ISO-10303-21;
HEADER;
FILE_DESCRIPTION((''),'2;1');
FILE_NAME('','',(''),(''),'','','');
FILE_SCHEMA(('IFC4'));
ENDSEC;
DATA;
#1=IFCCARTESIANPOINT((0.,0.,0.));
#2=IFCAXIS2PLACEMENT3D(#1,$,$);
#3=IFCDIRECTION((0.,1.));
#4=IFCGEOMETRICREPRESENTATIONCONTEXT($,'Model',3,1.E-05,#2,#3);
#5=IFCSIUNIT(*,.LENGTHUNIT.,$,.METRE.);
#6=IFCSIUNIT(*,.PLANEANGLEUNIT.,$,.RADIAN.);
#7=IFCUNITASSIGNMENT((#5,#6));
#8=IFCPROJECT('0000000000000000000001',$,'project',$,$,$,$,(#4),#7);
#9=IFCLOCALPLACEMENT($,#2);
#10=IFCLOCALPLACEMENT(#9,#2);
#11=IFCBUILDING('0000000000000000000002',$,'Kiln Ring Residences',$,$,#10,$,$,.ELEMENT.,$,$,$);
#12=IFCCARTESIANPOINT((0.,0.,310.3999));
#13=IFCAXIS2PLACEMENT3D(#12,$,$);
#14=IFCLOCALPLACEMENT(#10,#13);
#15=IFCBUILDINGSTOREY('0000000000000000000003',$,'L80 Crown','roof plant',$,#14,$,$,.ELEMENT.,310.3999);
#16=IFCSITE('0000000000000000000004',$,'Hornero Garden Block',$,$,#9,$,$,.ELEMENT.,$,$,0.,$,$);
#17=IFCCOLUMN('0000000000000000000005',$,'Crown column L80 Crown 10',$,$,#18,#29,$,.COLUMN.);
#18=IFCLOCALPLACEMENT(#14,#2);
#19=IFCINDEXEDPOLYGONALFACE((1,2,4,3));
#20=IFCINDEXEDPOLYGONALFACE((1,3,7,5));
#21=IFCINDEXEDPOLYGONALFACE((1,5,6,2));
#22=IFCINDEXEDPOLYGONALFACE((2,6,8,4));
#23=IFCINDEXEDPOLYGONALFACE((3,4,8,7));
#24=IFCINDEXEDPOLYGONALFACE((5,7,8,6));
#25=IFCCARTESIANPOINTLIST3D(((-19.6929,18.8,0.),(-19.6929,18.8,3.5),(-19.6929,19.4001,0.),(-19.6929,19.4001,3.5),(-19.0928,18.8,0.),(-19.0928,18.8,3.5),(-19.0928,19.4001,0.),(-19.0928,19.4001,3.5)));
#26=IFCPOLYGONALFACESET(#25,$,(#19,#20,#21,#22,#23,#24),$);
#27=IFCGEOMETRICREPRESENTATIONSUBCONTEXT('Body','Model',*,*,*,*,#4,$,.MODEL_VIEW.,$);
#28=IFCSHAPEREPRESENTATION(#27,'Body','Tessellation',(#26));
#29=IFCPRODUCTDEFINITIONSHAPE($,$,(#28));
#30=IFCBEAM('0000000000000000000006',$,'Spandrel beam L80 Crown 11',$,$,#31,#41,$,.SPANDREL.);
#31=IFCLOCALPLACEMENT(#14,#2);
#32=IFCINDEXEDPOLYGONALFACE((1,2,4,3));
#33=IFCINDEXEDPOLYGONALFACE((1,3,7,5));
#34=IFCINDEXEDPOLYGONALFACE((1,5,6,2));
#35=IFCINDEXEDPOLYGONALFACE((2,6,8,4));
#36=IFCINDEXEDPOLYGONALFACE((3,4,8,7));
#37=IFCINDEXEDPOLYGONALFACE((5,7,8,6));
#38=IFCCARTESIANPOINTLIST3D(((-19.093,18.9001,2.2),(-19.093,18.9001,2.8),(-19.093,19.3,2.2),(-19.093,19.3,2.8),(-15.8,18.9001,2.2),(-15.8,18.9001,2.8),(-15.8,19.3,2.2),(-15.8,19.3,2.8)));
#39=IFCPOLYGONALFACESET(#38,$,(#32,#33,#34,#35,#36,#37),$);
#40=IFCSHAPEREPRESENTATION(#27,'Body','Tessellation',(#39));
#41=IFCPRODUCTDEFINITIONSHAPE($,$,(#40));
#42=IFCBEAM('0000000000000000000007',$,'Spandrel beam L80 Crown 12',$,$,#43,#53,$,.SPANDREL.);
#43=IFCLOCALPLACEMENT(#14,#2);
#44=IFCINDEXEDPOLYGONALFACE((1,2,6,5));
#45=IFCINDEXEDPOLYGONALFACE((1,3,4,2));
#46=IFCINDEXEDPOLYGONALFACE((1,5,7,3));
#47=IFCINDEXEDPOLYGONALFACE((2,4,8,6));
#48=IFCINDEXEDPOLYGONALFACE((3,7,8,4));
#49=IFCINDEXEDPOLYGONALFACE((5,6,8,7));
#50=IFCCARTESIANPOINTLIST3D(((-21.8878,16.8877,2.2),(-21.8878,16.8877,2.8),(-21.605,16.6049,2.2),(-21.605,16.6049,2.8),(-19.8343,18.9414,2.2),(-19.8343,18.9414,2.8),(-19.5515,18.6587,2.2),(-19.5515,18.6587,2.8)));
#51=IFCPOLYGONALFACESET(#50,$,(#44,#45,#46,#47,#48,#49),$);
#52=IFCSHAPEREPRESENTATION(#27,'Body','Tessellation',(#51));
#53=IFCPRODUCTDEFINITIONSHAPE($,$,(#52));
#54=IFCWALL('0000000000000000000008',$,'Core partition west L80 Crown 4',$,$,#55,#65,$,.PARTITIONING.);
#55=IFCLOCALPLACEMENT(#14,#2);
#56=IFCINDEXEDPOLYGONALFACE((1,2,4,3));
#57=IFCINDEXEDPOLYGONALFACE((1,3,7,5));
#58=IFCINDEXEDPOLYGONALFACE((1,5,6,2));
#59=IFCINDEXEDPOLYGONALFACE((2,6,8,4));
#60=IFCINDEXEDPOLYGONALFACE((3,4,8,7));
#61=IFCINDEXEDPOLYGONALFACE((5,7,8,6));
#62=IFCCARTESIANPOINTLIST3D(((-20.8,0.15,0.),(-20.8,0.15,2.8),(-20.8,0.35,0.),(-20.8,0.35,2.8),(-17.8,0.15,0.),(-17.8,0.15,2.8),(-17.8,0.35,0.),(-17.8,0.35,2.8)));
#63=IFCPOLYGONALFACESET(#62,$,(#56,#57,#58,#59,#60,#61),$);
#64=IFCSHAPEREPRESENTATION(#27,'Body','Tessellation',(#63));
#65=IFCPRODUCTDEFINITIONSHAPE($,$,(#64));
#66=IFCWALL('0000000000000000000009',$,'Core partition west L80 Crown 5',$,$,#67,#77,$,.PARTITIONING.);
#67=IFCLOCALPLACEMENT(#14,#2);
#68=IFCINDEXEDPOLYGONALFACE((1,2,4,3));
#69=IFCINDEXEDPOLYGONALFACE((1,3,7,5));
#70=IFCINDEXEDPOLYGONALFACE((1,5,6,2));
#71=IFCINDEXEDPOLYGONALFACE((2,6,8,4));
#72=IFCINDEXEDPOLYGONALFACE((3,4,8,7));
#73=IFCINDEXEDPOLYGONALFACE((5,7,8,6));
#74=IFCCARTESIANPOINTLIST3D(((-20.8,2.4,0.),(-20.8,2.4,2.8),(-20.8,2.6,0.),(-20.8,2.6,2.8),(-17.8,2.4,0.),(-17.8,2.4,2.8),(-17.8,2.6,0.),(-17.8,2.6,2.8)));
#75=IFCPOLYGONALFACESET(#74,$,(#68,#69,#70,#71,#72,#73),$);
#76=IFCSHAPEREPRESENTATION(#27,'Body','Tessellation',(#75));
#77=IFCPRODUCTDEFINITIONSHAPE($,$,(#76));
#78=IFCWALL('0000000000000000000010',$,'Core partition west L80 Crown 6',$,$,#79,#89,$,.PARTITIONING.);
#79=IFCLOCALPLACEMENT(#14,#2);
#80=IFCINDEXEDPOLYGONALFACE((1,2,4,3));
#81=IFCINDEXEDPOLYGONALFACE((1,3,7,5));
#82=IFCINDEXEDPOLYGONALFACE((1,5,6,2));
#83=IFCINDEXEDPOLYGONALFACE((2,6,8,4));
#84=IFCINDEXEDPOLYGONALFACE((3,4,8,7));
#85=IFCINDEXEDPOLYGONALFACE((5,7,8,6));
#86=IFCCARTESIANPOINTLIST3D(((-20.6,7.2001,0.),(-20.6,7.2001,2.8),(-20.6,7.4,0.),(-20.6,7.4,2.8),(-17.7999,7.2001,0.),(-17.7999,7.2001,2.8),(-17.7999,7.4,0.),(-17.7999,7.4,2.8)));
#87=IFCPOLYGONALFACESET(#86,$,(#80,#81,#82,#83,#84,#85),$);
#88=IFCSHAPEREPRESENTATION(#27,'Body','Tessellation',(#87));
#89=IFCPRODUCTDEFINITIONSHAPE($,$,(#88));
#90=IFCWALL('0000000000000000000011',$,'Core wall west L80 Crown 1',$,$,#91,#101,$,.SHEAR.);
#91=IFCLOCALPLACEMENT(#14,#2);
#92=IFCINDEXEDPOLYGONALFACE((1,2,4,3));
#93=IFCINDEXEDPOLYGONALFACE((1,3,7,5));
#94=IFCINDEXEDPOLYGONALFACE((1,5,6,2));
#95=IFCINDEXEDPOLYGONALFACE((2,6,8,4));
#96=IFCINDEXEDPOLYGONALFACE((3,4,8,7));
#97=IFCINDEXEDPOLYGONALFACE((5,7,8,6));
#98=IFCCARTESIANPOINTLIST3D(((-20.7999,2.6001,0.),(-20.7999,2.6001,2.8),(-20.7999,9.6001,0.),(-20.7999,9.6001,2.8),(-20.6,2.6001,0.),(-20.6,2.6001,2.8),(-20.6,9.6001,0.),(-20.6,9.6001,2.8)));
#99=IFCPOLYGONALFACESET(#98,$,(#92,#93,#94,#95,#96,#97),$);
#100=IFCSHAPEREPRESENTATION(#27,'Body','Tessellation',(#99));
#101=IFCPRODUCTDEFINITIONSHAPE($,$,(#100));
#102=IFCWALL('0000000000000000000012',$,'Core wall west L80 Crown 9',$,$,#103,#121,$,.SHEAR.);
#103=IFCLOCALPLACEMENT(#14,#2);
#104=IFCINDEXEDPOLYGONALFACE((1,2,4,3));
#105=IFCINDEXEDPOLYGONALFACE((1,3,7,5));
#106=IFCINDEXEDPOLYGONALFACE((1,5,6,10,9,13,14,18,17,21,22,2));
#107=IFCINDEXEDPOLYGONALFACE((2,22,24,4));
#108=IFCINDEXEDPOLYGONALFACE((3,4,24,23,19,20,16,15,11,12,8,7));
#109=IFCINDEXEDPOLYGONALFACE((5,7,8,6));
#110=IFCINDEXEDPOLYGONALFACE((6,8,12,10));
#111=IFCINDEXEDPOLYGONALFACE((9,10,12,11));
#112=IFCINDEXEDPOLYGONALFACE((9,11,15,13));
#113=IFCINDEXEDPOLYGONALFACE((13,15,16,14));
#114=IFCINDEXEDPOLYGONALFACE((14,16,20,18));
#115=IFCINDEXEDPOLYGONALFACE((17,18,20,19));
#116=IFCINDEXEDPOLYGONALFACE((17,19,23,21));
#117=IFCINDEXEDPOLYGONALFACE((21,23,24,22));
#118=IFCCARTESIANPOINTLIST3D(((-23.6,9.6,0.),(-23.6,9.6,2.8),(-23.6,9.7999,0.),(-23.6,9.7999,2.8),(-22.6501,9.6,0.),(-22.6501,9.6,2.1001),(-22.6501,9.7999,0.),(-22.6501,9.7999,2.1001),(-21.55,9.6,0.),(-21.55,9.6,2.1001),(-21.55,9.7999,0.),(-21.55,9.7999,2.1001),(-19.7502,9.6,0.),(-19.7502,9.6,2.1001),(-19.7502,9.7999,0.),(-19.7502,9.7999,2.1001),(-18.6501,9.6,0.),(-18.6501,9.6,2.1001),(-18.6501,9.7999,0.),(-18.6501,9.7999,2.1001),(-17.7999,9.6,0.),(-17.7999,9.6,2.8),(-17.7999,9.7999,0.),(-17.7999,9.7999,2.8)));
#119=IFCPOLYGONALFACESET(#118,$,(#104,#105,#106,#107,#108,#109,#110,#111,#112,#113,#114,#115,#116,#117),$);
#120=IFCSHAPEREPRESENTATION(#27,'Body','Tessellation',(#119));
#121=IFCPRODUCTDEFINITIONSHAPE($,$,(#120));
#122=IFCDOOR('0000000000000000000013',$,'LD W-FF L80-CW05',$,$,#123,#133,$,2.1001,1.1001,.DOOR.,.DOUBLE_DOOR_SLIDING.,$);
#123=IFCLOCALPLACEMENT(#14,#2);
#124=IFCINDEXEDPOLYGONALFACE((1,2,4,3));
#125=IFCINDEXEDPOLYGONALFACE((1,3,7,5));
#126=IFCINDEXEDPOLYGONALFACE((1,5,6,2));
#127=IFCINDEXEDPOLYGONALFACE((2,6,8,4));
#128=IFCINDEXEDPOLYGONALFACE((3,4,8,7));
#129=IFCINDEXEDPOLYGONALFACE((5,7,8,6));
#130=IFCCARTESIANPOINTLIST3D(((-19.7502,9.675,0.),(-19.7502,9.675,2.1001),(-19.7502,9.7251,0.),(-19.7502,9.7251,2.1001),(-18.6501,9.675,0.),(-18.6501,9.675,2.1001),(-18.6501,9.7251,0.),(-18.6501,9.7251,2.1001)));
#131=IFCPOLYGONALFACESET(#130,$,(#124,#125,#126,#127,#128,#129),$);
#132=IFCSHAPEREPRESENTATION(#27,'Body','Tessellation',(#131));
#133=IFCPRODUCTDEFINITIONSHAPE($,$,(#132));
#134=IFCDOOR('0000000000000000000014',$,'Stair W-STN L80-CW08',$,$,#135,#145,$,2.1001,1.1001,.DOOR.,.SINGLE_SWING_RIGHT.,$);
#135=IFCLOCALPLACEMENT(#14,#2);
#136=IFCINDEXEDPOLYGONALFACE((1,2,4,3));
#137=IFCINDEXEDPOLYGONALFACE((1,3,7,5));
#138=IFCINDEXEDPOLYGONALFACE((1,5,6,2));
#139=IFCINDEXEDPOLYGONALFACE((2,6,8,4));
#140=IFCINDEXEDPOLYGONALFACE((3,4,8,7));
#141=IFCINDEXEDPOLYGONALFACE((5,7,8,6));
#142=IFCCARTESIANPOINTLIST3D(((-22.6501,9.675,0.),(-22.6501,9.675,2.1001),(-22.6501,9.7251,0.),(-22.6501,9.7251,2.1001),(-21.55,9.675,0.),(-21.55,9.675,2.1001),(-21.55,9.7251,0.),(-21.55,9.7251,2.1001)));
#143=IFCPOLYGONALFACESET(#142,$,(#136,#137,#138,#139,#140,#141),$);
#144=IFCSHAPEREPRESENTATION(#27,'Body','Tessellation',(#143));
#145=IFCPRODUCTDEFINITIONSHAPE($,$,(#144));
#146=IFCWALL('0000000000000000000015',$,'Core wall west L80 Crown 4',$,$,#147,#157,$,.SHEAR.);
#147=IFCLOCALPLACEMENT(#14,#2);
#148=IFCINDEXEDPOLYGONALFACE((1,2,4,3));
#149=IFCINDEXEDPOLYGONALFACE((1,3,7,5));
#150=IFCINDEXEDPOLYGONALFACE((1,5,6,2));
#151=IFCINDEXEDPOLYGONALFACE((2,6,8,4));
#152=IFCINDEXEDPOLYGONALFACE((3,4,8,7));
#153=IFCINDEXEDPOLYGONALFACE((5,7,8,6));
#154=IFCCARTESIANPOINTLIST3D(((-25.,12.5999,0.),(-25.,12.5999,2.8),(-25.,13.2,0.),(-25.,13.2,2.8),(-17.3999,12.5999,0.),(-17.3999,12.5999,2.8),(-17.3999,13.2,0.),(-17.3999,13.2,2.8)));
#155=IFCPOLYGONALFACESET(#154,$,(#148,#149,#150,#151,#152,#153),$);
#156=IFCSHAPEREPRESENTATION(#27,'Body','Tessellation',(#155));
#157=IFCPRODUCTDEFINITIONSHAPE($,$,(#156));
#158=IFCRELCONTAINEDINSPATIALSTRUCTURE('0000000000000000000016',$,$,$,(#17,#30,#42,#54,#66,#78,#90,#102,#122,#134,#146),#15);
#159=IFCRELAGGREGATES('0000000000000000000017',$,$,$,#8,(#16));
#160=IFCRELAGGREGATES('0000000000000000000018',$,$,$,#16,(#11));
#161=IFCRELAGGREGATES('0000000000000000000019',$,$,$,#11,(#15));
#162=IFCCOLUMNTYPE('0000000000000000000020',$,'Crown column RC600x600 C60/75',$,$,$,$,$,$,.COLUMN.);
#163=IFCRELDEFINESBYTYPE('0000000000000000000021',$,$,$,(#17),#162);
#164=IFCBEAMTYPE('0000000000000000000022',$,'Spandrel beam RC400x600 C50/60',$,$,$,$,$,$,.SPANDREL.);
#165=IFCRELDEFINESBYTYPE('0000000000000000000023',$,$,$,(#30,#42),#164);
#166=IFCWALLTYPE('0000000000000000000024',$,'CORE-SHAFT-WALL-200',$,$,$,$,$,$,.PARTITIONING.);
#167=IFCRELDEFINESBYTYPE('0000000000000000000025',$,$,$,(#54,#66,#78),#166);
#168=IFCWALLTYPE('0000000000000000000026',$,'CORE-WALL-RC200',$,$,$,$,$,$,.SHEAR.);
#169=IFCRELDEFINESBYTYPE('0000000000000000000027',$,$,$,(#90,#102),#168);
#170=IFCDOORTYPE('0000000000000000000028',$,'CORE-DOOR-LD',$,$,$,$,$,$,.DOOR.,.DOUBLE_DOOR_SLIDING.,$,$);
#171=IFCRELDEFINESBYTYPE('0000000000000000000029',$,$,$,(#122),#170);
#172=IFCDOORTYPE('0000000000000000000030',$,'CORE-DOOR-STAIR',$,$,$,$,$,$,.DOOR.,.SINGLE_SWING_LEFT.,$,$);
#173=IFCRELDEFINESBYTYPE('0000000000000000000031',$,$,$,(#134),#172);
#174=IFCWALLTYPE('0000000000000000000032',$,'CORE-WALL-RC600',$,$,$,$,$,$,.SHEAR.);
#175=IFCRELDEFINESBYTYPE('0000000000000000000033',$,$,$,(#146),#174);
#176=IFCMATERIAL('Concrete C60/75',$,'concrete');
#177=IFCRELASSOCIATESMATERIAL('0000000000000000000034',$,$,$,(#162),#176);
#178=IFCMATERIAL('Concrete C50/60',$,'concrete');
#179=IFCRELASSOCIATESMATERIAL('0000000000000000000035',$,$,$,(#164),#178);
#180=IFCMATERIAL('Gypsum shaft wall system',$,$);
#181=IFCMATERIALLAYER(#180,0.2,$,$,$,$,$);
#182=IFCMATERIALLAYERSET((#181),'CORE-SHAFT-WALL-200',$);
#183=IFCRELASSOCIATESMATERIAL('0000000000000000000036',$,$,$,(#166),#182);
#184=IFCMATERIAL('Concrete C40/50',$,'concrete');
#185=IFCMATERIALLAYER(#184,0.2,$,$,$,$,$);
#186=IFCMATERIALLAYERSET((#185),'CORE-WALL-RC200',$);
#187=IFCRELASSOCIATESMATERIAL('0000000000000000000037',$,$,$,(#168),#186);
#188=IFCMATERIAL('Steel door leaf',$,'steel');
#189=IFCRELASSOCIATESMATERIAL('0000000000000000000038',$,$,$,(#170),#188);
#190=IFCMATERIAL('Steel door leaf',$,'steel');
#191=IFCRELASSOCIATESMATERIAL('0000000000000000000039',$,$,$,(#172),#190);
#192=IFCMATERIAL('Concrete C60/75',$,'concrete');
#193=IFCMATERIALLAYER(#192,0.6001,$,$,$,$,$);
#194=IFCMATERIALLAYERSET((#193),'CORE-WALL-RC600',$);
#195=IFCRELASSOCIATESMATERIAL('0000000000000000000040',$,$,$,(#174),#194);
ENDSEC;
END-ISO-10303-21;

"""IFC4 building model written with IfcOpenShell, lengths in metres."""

from ifc_helpers import new_model, si_unit, direction, frame, frame_2d, origin, origin_2d, place, context, subcontext, project, spatial, rectangle, extrude, material, layer, layer_set, material_profile, profile_set, type_object, element, fill, save


model = new_model("IFC4")

# Units and contexts
model_context = context("Model", 3, precision=1e-05, world=origin(), true_north=direction((0.0, 1.0)))
body_context = subcontext(model_context, "Body", "Model", "MODEL_VIEW")
ifc_project = project(units=[si_unit("LENGTHUNIT", "METRE"), si_unit("PLANEANGLEUNIT", "RADIAN")], contexts=[model_context])

# Site, building, storey
site_placement = place(None, origin())
site = spatial("IfcSite", under=ifc_project, at=site_placement, Name="Hornero Garden Block", CompositionType="ELEMENT", RefElevation=0.0)
building_placement = place(site_placement, origin())
building = spatial("IfcBuilding", under=site, at=building_placement, Name="Kiln Ring Residences", CompositionType="ELEMENT")
storey_placement = place(building_placement, frame((0.0, 0.0, 310.3999)))
storey = spatial("IfcBuildingStorey", under=building, at=storey_placement, Name="L80 Crown", Description="roof plant", CompositionType="ELEMENT", Elevation=310.3999)

# Column
ifc_material_1 = material(Name="Concrete C60/75", Category="concrete")
ifc_material_profile_1 = material_profile(ifc_material_1, rectangle(XDim=0.6001, YDim=0.6001, at=origin_2d()), Name="RC600x600")
ifc_profile_set_1 = profile_set([ifc_material_profile_1], Name="Concrete C60/75")
column_type = type_object("IfcColumnType", Name="Crown column RC600x600 C60/75", PredefinedType="COLUMN", material=ifc_profile_set_1)
column_placement = place(storey_placement, frame((-19.3928, 19.1001, 0.0), z_axis=(0.0, 0.0, 1.0), x_axis=(1.0, 0.0, 0.0)))
element("IfcColumn", 1, at=column_placement, inside=storey, type_object=column_type, Name="Crown column L80 Crown 10", PredefinedType="COLUMN", context=body_context, shape_type="SweptSolid", body=[
    extrude(rectangle(XDim=0.6001, YDim=0.6001, at=origin_2d()), origin(), (0.0, 0.0, 1.0), 3.5),
])

# Beams
ifc_material_2 = material(Name="Concrete C50/60", Category="concrete")
ifc_material_profile_2 = material_profile(ifc_material_2, rectangle(XDim=0.3999, YDim=0.6001, at=origin_2d()), Name="RC400x600")
ifc_profile_set_2 = profile_set([ifc_material_profile_2], Name="Concrete C50/60")
beam_type = type_object("IfcBeamType", Name="Spandrel beam RC400x600 C50/60", PredefinedType="SPANDREL", material=ifc_profile_set_2)
beam_1_placement = place(storey_placement, frame((-15.8, 19.1001, 2.5), z_axis=(-1.0, 0.0, 0.0), x_axis=(0.0, -1.0, 0.0)))
element("IfcBeam", 2, at=beam_1_placement, inside=storey, type_object=beam_type, Name="Spandrel beam L80 Crown 11", PredefinedType="SPANDREL", context=body_context, shape_type="SweptSolid", body=[
    extrude(rectangle(XDim=0.3999, YDim=0.6001, at=origin_2d()), origin(), (0.0, 0.0, 1.0), 3.293),
])
beam_2_placement = place(storey_placement, frame((-19.6929, 18.8, 2.5), z_axis=(-0.707065, -0.707149, 0.0), x_axis=(0.707149, -0.707065, 0.0)))
element("IfcBeam", 3, at=beam_2_placement, inside=storey, type_object=beam_type, Name="Spandrel beam L80 Crown 12", PredefinedType="SPANDREL", context=body_context, shape_type="SweptSolid", body=[
    extrude(rectangle(XDim=0.3999, YDim=0.6001, at=origin_2d()), origin(), (0.0, 0.0, 1.0), 2.9043),
])

# Walls
ifc_material_3 = material(Name="Gypsum shaft wall system")
ifc_layer_1 = layer(ifc_material_3, 0.2)
ifc_layer_set_1 = layer_set([ifc_layer_1], Name="CORE-SHAFT-WALL-200")
wall_type_1 = type_object("IfcWallType", Name="CORE-SHAFT-WALL-200", PredefinedType="PARTITIONING", material=ifc_layer_set_1)
for number, where, z_axis, x_axis, name in (
    (4, (-17.8, 0.25, 0.0), (0.0, 0.0, 1.0), (-1.0, 0.0, 0.0), "Core partition west L80 Crown 4"),
    (5, (-17.8, 2.5, 0.0), (0.0, 0.0, 1.0), (-1.0, 0.0, 0.0), "Core partition west L80 Crown 5"),
):
    element("IfcWall", number, at=place(storey_placement, frame(where, z_axis=z_axis, x_axis=x_axis)), inside=storey, type_object=wall_type_1, Name=name, PredefinedType="PARTITIONING", context=body_context, shape_type="SweptSolid", body=[
        extrude(rectangle(XDim=3.0, YDim=0.2, at=frame_2d((1.5, 0.0))), origin(), (0.0, 0.0, 1.0), 2.8),
    ])
wall_1_placement = place(storey_placement, frame((-17.8, 7.3, 0.0), z_axis=(0.0, 0.0, 1.0), x_axis=(-1.0, 0.0, 0.0)))
element("IfcWall", 6, at=wall_1_placement, inside=storey, type_object=wall_type_1, Name="Core partition west L80 Crown 6", PredefinedType="PARTITIONING", context=body_context, shape_type="SweptSolid", body=[
    extrude(rectangle(XDim=2.8, YDim=0.2, at=frame_2d((1.3999, 0.0))), origin(), (0.0, 0.0, 1.0), 2.8),
])
ifc_material_4 = material(Name="Concrete C40/50", Category="concrete")
ifc_layer_2 = layer(ifc_material_4, 0.2)
ifc_layer_set_2 = layer_set([ifc_layer_2], Name="CORE-WALL-RC200")
wall_type_2 = type_object("IfcWallType", Name="CORE-WALL-RC200", PredefinedType="SHEAR", material=ifc_layer_set_2)
wall_2_placement = place(storey_placement, frame((-20.7, 2.6001, 0.0), z_axis=(0.0, 0.0, 1.0), x_axis=(0.0, 1.0, 0.0)))
element("IfcWall", 7, at=wall_2_placement, inside=storey, type_object=wall_type_2, Name="Core wall west L80 Crown 1", PredefinedType="SHEAR", context=body_context, shape_type="SweptSolid", body=[
    extrude(rectangle(XDim=7.0, YDim=0.2, at=frame_2d((3.5, 0.0))), origin(), (0.0, 0.0, 1.0), 2.8),
])

# Wall, openings, doors
wall_3_placement = place(storey_placement, frame((-17.8, 9.7, 0.0), z_axis=(0.0, 0.0, 1.0), x_axis=(-1.0, 0.0, 0.0)))
wall_3 = element("IfcWall", 8, at=wall_3_placement, inside=storey, type_object=wall_type_2, Name="Core wall west L80 Crown 9", PredefinedType="SHEAR", context=body_context, shape_type="SweptSolid", body=[
    extrude(rectangle(XDim=5.8, YDim=0.2, at=frame_2d((2.8999, 0.0))), origin(), (0.0, 0.0, 1.0), 2.8),
])
opening_1_placement = place(wall_3_placement, frame((0.8501, 0.0, 0.0)))
opening_1 = element("IfcOpeningElement", 9, at=opening_1_placement, cuts=wall_3, PredefinedType="OPENING", context=body_context, shape_type="SweptSolid", body=[
    extrude(rectangle(XDim=1.1001, YDim=2.1001, at=frame_2d((0.55, 1.05))), frame((0.0, 0.1099, 0.0), z_axis=(0.0, -1.0, 0.0), x_axis=(1.0, 0.0, 0.0)), (0.0, 0.0, 1.0), 0.22),
])
opening_2_placement = place(wall_3_placement, frame((3.75, 0.0, 0.0)))
opening_2 = element("IfcOpeningElement", 10, at=opening_2_placement, cuts=wall_3, PredefinedType="OPENING", context=body_context, shape_type="SweptSolid", body=[
    extrude(rectangle(XDim=1.1001, YDim=2.1001, at=frame_2d((0.55, 1.05))), frame((0.0, 0.1099, 0.0), z_axis=(0.0, -1.0, 0.0), x_axis=(1.0, 0.0, 0.0)), (0.0, 0.0, 1.0), 0.22),
])
ifc_material_5 = material(Name="Steel door leaf", Category="steel")
door_type_1 = type_object("IfcDoorType", Name="CORE-DOOR-LD", OperationType="DOUBLE_DOOR_SLIDING", PredefinedType="DOOR", material=ifc_material_5)
door_1_placement = place(opening_1_placement, origin())
door_1 = element("IfcDoor", 11, at=door_1_placement, inside=storey, type_object=door_type_1, Name="LD W-FF L80-CW05", OperationType="DOUBLE_DOOR_SLIDING", OverallHeight=2.1001, OverallWidth=1.1001, PredefinedType="DOOR", context=body_context, shape_type="SweptSolid", body=[
    extrude(rectangle(XDim=1.1001, YDim=2.1001, at=frame_2d((0.55, 1.05))), frame((0.0, 0.0249, 0.0), z_axis=(0.0, -1.0, 0.0), x_axis=(1.0, 0.0, 0.0)), (0.0, 0.0, 1.0), 0.05),
])
fill(opening_1, door_1)
ifc_material_6 = material(Name="Steel door leaf", Category="steel")
door_type_2 = type_object("IfcDoorType", Name="CORE-DOOR-STAIR", OperationType="SINGLE_SWING_LEFT", PredefinedType="DOOR", material=ifc_material_6)
door_2_placement = place(opening_2_placement, origin())
door_2 = element("IfcDoor", 12, at=door_2_placement, inside=storey, type_object=door_type_2, Name="Stair W-STN L80-CW08", OperationType="SINGLE_SWING_RIGHT", OverallHeight=2.1001, OverallWidth=1.1001, PredefinedType="DOOR", context=body_context, shape_type="SweptSolid", body=[
    extrude(rectangle(XDim=1.1001, YDim=2.1001, at=frame_2d((0.55, 1.05))), frame((0.0, 0.0249, 0.0), z_axis=(0.0, -1.0, 0.0), x_axis=(1.0, 0.0, 0.0)), (0.0, 0.0, 1.0), 0.05),
])
fill(opening_2, door_2)

# Wall
ifc_material_7 = material(Name="Concrete C60/75", Category="concrete")
ifc_layer_3 = layer(ifc_material_7, 0.6001)
ifc_layer_set_3 = layer_set([ifc_layer_3], Name="CORE-WALL-RC600")
wall_type_3 = type_object("IfcWallType", Name="CORE-WALL-RC600", PredefinedType="SHEAR", material=ifc_layer_set_3)
wall_4_placement = place(storey_placement, frame((-17.3999, 12.8999, 0.0), z_axis=(0.0, 0.0, 1.0), x_axis=(-1.0, 0.0, 0.0)))
element("IfcWall", 13, at=wall_4_placement, inside=storey, type_object=wall_type_3, Name="Core wall west L80 Crown 4", PredefinedType="SHEAR", context=body_context, shape_type="SweptSolid", body=[
    extrude(rectangle(XDim=7.6001, YDim=0.6001, at=frame_2d((3.8, 0.0))), origin(), (0.0, 0.0, 1.0), 2.8),
])

save(model, "model.ifc")
